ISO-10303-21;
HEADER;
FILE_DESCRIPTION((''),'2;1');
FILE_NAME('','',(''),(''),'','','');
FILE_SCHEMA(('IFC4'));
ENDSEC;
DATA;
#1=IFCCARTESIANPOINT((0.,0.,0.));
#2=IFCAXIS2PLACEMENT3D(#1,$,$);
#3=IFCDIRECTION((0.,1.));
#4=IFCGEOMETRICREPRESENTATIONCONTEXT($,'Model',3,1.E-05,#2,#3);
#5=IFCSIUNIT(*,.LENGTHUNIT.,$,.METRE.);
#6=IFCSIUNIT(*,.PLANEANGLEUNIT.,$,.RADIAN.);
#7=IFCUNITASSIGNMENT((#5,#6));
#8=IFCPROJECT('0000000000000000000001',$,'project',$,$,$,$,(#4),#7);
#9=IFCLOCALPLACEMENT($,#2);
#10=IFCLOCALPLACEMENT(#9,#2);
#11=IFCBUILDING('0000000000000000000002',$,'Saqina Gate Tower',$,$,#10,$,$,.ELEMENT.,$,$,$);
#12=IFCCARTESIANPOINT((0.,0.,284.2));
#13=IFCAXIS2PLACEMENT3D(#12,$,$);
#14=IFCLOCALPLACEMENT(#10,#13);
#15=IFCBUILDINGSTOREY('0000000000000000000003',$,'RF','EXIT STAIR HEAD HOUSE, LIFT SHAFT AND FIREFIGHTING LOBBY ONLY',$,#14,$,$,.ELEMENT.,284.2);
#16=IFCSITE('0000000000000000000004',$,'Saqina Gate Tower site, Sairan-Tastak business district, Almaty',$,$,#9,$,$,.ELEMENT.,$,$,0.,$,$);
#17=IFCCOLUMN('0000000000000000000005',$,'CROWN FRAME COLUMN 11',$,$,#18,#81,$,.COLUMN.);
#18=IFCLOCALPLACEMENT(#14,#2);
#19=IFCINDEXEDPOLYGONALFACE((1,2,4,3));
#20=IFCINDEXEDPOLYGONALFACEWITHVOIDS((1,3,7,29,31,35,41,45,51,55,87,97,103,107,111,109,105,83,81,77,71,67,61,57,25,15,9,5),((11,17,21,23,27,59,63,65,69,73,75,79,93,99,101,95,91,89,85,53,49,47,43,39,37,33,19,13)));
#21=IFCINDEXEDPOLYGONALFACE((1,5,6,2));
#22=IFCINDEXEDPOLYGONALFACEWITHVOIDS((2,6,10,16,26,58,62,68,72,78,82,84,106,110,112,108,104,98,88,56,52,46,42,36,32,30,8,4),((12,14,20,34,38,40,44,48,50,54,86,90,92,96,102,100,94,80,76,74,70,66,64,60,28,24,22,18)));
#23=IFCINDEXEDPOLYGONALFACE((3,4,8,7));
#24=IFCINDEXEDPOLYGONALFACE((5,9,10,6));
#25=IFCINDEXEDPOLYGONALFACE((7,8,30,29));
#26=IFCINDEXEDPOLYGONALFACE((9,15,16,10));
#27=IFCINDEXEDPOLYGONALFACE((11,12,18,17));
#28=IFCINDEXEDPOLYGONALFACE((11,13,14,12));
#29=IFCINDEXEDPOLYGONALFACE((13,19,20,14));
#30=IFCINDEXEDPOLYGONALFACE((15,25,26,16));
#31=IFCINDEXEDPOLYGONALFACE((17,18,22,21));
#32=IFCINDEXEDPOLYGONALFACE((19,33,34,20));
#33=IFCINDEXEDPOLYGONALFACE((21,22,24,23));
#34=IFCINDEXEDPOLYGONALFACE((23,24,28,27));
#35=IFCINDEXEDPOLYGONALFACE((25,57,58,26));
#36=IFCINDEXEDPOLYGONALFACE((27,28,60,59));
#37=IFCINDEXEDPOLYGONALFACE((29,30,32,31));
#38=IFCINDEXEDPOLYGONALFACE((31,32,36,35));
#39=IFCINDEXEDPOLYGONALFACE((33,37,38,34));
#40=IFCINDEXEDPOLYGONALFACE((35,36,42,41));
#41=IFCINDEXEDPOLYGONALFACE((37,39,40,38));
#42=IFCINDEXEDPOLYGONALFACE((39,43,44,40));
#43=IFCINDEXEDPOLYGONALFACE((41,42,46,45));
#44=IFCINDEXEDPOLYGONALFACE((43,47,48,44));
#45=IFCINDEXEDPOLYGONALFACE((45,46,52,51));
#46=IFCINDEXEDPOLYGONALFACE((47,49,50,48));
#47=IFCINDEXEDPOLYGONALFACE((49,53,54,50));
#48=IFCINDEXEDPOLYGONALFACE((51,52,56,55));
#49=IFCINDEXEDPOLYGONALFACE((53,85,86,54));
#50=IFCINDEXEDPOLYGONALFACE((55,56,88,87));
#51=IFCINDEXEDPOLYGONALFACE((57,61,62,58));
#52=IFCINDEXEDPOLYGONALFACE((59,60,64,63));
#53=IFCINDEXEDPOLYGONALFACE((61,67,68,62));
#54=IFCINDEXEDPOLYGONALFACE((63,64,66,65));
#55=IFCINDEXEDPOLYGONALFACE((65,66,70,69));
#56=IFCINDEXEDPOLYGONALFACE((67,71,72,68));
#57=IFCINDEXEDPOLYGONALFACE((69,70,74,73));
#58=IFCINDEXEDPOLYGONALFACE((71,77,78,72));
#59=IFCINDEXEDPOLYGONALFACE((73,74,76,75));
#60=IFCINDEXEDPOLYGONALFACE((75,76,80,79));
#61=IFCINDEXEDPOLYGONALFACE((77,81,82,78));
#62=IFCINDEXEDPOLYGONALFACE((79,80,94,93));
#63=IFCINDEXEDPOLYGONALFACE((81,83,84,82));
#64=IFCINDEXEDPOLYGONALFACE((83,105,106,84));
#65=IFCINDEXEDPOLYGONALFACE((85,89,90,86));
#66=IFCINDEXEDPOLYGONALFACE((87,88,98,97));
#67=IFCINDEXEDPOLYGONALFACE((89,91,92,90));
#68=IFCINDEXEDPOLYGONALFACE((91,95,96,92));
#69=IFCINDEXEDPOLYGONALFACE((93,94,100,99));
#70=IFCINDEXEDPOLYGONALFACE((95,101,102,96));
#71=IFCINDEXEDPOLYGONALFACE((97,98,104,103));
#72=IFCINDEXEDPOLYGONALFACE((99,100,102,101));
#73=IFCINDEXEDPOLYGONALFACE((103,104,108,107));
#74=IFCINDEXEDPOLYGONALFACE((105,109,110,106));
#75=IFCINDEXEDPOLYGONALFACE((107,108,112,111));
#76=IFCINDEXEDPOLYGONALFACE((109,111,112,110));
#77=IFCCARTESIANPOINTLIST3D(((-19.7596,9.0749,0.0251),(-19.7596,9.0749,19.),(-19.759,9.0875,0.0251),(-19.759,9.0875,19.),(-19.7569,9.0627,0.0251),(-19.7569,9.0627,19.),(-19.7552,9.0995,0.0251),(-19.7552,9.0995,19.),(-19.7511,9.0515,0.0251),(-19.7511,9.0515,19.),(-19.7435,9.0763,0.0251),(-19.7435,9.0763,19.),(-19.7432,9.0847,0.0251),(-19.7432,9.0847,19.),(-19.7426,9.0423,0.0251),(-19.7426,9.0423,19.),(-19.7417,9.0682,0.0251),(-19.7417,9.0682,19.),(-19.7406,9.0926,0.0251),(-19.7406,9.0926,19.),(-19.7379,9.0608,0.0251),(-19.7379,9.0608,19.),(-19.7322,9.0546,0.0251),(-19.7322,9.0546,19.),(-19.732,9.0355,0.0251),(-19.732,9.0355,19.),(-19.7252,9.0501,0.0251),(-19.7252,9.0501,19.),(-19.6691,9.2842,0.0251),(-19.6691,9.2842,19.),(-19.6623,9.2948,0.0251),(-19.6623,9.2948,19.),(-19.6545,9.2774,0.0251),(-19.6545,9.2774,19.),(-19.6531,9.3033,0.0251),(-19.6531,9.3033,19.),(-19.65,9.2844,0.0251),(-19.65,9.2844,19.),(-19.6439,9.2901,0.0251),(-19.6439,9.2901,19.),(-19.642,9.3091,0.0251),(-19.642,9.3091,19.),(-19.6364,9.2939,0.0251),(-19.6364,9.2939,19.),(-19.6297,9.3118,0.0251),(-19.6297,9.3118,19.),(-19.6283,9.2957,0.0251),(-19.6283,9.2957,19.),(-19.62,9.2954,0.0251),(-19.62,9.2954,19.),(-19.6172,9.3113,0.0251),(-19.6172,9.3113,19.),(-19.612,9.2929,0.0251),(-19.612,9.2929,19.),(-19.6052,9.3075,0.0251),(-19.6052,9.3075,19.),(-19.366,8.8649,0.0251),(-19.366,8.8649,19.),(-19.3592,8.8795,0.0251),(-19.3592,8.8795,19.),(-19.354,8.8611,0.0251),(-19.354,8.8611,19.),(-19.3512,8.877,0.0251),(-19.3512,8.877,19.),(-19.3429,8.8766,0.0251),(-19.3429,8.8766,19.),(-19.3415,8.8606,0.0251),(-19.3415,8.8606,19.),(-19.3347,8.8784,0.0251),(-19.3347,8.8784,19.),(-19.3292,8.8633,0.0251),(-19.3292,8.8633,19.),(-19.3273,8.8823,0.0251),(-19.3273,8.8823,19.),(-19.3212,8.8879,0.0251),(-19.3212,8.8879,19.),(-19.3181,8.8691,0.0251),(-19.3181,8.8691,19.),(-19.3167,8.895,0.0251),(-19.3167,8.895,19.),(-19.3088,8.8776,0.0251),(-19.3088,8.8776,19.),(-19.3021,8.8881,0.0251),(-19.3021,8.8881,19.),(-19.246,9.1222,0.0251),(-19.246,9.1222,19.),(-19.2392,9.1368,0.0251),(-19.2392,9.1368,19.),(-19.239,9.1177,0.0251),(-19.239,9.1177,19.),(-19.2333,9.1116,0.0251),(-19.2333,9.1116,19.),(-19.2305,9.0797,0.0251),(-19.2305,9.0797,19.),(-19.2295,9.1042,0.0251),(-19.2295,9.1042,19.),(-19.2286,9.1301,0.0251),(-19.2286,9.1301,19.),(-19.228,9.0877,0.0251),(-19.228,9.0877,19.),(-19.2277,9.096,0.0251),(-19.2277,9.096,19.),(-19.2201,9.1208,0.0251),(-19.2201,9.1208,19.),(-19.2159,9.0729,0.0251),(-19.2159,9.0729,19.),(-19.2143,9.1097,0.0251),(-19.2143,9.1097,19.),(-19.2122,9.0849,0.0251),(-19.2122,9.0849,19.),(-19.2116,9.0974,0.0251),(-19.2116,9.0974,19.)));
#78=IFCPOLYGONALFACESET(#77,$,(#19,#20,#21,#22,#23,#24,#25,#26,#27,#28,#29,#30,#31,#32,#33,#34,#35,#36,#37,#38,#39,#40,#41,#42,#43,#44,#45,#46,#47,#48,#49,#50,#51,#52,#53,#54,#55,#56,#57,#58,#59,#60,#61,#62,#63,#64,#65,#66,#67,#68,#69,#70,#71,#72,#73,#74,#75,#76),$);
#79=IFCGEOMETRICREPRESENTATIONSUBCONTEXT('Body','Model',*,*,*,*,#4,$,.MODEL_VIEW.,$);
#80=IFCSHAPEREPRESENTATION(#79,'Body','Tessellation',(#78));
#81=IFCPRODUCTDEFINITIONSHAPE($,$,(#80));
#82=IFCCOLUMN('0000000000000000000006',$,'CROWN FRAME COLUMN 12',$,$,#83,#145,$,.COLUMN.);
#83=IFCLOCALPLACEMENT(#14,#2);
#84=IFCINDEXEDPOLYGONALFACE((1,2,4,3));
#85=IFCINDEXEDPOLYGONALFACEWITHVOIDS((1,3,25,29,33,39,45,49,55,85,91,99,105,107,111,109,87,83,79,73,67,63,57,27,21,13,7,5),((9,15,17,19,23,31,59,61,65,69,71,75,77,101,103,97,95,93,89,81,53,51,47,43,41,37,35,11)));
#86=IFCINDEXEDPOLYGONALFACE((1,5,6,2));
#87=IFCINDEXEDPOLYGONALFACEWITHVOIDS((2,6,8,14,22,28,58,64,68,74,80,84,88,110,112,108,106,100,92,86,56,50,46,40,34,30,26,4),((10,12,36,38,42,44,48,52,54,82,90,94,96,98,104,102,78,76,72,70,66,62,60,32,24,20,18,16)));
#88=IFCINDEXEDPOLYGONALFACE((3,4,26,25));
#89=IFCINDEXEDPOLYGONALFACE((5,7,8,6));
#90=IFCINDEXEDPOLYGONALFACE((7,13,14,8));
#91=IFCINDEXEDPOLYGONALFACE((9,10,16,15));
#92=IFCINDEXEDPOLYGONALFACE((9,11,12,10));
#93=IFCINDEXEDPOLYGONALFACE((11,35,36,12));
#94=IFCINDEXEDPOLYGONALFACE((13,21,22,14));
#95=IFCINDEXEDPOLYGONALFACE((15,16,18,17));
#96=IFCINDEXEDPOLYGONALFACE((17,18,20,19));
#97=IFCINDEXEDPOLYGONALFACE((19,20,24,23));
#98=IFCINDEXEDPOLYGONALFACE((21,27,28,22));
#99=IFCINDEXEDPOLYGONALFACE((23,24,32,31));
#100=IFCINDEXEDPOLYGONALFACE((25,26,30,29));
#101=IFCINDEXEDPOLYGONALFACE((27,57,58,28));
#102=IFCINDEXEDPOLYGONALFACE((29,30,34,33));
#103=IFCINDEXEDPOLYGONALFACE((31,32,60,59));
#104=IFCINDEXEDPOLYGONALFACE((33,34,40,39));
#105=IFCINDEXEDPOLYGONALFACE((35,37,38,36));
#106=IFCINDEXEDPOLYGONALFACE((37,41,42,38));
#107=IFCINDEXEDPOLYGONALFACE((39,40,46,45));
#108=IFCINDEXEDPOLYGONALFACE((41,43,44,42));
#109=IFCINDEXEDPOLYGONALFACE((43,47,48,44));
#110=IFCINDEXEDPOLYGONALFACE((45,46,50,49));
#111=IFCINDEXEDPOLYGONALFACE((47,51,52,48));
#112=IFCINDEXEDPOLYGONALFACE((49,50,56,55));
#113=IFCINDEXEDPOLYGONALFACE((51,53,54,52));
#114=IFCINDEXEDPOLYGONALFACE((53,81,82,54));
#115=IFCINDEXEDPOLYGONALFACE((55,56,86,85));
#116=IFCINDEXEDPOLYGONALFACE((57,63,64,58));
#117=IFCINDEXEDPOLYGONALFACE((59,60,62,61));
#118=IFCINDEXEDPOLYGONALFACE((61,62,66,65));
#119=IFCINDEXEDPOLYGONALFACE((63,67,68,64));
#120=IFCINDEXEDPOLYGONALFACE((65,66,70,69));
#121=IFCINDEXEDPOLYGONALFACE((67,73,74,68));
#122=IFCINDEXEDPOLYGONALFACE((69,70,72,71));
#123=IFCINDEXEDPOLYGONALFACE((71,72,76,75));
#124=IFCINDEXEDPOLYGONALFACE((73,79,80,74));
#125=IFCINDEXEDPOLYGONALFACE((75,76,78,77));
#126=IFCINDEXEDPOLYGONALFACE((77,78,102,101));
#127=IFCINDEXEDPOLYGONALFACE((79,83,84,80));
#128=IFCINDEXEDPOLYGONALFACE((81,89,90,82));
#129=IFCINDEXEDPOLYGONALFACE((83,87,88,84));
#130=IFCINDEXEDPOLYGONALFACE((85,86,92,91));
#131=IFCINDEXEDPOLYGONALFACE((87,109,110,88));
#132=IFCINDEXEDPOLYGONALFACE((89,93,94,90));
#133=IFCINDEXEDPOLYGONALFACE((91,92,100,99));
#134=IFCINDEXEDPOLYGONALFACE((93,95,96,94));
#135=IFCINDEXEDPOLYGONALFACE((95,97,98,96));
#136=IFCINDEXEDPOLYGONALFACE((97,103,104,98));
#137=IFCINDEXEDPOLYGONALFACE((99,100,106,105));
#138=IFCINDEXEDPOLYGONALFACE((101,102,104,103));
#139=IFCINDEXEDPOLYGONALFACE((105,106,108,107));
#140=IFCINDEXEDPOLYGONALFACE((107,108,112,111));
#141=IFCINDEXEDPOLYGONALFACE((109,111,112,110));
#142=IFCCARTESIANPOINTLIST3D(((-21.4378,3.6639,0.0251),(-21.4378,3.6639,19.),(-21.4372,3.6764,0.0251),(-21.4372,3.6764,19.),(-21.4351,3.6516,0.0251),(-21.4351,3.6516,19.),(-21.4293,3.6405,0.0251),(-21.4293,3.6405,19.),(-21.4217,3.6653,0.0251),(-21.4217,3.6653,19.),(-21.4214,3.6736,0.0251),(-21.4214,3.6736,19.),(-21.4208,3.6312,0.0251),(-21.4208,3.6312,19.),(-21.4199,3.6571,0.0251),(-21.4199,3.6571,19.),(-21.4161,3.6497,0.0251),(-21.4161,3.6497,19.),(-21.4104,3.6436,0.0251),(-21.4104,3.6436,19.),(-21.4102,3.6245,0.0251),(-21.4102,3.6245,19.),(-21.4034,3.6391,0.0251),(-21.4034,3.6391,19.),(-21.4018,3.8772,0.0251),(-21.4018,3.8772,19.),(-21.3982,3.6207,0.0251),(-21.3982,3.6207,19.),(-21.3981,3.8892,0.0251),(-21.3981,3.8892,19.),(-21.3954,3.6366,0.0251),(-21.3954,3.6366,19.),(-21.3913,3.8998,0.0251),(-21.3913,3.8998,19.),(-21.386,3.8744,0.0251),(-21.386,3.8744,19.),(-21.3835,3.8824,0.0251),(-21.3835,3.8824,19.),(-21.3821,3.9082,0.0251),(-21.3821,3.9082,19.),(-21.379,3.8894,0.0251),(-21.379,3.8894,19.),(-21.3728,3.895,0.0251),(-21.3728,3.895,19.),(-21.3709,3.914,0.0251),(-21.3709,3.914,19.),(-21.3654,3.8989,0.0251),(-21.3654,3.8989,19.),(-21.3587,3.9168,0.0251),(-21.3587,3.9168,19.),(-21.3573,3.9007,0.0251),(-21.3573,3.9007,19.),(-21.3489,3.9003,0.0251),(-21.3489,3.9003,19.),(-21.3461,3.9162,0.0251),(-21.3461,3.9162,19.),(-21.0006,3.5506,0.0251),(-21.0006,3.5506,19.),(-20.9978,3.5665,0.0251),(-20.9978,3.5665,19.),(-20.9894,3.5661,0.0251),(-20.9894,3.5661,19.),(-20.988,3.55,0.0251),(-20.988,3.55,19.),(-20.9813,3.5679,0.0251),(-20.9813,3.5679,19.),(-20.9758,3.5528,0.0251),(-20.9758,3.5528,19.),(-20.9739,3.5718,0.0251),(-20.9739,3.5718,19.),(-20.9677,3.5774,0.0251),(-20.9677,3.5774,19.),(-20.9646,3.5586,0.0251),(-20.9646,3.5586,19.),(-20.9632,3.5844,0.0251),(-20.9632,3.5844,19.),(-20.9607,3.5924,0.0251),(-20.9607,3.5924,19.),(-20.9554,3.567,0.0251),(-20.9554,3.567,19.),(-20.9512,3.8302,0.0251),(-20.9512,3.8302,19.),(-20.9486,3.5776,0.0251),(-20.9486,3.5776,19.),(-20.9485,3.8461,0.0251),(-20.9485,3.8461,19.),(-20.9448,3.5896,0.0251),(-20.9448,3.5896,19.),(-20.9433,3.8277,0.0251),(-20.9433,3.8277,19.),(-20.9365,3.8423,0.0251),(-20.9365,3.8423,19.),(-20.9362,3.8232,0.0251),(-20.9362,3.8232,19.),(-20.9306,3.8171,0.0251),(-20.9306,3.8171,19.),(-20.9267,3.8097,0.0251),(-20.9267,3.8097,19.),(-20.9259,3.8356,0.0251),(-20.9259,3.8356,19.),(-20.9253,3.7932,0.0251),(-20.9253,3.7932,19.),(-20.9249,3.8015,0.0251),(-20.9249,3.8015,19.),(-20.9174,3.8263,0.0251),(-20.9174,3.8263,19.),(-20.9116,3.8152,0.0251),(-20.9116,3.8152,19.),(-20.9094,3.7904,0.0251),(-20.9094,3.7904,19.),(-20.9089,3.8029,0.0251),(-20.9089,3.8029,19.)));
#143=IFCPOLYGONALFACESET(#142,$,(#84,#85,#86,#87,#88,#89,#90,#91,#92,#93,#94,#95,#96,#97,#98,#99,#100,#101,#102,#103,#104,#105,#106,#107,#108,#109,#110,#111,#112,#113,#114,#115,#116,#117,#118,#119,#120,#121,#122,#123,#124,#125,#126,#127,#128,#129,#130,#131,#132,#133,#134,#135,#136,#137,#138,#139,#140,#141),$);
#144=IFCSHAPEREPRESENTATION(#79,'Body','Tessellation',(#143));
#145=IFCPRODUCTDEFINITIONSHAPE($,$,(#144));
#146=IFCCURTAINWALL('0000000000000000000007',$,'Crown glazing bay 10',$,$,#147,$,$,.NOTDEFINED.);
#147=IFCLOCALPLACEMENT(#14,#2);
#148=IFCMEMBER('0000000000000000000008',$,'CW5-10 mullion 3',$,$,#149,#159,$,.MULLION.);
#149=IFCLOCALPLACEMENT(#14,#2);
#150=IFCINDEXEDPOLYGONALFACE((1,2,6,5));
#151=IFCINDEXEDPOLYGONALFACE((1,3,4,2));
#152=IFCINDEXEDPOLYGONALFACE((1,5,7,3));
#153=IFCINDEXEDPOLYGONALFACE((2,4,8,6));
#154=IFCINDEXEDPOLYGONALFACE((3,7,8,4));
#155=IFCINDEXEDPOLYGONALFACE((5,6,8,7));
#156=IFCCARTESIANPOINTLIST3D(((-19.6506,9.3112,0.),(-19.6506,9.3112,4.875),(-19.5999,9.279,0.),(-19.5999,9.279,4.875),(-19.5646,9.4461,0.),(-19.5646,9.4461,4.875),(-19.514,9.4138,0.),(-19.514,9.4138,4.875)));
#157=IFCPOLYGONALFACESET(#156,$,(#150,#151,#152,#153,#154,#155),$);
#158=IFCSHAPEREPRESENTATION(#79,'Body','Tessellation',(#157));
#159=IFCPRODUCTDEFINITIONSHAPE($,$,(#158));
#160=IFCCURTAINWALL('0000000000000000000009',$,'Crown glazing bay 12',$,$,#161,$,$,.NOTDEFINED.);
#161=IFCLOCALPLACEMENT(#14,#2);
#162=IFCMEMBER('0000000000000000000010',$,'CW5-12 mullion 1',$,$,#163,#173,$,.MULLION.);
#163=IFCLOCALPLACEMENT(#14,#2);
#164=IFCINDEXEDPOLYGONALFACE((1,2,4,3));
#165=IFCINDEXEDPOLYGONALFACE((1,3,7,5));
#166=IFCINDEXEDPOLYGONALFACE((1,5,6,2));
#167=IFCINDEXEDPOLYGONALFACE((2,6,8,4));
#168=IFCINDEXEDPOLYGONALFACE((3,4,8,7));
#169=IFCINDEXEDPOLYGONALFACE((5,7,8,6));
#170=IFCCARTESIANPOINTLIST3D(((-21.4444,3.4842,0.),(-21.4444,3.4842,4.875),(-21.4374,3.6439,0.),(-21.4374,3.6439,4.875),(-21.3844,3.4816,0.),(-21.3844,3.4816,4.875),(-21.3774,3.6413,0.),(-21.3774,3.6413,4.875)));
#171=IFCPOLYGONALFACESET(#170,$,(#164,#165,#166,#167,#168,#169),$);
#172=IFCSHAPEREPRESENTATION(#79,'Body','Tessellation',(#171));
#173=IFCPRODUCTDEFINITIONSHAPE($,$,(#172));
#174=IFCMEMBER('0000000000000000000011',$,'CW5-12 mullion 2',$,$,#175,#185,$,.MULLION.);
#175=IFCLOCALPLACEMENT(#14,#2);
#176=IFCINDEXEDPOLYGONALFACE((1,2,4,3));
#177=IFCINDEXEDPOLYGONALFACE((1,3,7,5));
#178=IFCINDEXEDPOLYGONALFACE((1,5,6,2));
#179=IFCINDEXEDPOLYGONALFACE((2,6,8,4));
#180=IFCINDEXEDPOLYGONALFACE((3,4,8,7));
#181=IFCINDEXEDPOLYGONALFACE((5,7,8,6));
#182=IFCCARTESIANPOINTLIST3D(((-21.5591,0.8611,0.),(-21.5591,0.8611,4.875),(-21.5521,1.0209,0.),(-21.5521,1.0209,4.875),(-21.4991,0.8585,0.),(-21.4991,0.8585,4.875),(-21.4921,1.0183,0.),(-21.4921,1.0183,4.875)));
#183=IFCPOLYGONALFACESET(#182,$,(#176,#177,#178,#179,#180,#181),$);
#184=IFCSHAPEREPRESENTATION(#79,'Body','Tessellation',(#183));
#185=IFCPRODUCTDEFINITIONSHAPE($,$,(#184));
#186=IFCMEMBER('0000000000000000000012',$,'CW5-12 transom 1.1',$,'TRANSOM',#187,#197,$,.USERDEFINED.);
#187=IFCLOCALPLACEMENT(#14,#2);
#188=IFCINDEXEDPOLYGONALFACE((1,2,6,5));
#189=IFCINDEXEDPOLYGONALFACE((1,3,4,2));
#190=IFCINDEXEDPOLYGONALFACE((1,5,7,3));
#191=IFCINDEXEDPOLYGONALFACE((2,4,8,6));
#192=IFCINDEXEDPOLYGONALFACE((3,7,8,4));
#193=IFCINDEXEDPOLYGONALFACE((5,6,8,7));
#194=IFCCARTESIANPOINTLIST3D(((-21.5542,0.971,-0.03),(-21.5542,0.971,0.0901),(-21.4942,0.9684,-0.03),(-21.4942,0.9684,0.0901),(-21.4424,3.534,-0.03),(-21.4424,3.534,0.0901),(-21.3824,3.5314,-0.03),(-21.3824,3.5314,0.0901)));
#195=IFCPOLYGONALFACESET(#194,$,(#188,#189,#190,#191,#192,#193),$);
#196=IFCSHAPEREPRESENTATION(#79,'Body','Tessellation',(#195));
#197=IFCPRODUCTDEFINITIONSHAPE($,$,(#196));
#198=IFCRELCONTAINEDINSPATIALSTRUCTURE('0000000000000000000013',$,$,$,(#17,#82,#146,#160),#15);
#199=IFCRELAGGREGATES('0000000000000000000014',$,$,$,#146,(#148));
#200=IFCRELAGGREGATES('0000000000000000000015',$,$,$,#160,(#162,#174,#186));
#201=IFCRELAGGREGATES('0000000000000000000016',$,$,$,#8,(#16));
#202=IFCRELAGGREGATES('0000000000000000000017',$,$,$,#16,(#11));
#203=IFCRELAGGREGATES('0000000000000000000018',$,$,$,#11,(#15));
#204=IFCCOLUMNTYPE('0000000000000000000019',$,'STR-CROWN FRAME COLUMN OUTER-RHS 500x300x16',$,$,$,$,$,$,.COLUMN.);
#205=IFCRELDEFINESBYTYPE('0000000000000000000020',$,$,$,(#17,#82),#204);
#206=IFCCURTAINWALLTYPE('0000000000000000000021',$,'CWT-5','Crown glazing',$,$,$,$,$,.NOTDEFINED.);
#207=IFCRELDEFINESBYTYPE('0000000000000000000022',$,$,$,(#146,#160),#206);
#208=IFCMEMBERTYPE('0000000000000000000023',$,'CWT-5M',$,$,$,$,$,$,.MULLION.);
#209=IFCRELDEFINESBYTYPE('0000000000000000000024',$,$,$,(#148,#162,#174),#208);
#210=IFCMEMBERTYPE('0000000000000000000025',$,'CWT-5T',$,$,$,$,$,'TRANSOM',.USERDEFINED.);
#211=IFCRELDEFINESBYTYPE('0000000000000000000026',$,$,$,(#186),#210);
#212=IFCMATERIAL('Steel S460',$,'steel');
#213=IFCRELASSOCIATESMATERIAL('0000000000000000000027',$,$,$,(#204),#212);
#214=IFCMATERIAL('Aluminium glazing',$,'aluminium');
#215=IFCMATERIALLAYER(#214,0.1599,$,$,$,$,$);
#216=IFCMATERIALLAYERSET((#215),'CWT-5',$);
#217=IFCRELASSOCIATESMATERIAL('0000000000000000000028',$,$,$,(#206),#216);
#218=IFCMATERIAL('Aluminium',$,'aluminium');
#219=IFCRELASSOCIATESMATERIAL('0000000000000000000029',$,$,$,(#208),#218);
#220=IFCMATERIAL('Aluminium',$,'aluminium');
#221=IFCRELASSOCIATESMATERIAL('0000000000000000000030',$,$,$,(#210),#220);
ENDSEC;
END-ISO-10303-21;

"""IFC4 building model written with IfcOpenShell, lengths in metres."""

from ifc_helpers import new_model, si_unit, direction, frame, origin, origin_2d, place, context, subcontext, project, spatial, rectangle, hollow_rectangle, extrude, material, layer, layer_set, material_profile, profile_set, type_object, element, aggregate, save


model = new_model("IFC4")

# Units and contexts
model_context = context("Model", 3, precision=1e-05, world=origin(), true_north=direction((0.0, 1.0)))
body_context = subcontext(model_context, "Body", "Model", "MODEL_VIEW")
ifc_project = project(units=[si_unit("LENGTHUNIT", "METRE"), si_unit("PLANEANGLEUNIT", "RADIAN")], contexts=[model_context])

# Site, building, storey
site_placement = place(None, origin())
site = spatial("IfcSite", under=ifc_project, at=site_placement, Name="Saqina Gate Tower site, Sairan-Tastak business district, Almaty", CompositionType="ELEMENT", RefElevation=0.0)
building_placement = place(site_placement, origin())
building = spatial("IfcBuilding", under=site, at=building_placement, Name="Saqina Gate Tower", CompositionType="ELEMENT")
storey_placement = place(building_placement, frame((0.0, 0.0, 284.2)))
storey = spatial("IfcBuildingStorey", under=building, at=storey_placement, Name="RF", Description="EXIT STAIR HEAD HOUSE, LIFT SHAFT AND FIREFIGHTING LOBBY ONLY", CompositionType="ELEMENT", Elevation=284.2)

# Columns
ifc_material_1 = material(Name="Steel S460", Category="steel")
ifc_material_profile_1 = material_profile(ifc_material_1, hollow_rectangle(XDim=0.3, YDim=0.5, WallThickness=0.0161, InnerFilletRadius=0.032, OuterFilletRadius=0.0481, at=origin_2d()), Name="RHS 500x300x16")
ifc_profile_set_1 = profile_set([ifc_material_profile_1], Name="Steel S460")
column_type = type_object("IfcColumnType", Name="STR-CROWN FRAME COLUMN OUTER-RHS 500x300x16", PredefinedType="COLUMN", material=ifc_profile_set_1)
for number, where, z_axis, x_axis, name in (
    (1, (-19.4856, 9.0862, 0.0251), (0.0, 0.0, 1.0), (-0.422618, -0.906308, 0.0), "CROWN FRAME COLUMN 11"),
    (2, (-21.1733, 3.7334, 0.0251), (0.0, 0.0, 1.0), (-0.173648, -0.984808, 0.0), "CROWN FRAME COLUMN 12"),
):
    element("IfcColumn", number, at=place(storey_placement, frame(where, z_axis=z_axis, x_axis=x_axis)), inside=storey, type_object=column_type, Name=name, PredefinedType="COLUMN", context=body_context, shape_type="SweptSolid", body=[
        extrude(hollow_rectangle(XDim=0.3, YDim=0.5, WallThickness=0.0161, InnerFilletRadius=0.032, OuterFilletRadius=0.0481, at=origin_2d()), origin(), (0.0, 0.0, 1.0), 18.9749),
    ])

# Curtain wall, member
ifc_material_2 = material(Name="Aluminium glazing", Category="aluminium")
ifc_layer_1 = layer(ifc_material_2, 0.1599)
ifc_layer_set_1 = layer_set([ifc_layer_1], Name="CWT-5")
curtain_wall_type = type_object("IfcCurtainWallType", Name="CWT-5", Description="Crown glazing", PredefinedType="NOTDEFINED", material=ifc_layer_set_1)
curtain_wall_1_placement = place(storey_placement, origin())
curtain_wall_1 = element("IfcCurtainWall", 3, at=curtain_wall_1_placement, inside=storey, type_object=curtain_wall_type, Name="Crown glazing bay 10", PredefinedType="NOTDEFINED")
ifc_material_3 = material(Name="Aluminium", Category="aluminium")
ifc_material_profile_2 = material_profile(ifc_material_3, rectangle(XDim=0.0601, YDim=0.1599, at=origin_2d()), Name="Aluminium 60x160")
ifc_profile_set_2 = profile_set([ifc_material_profile_2], Name="Aluminium")
member_type_1 = type_object("IfcMemberType", Name="CWT-5M", PredefinedType="MULLION", material=ifc_profile_set_2)
member_1_placement = place(storey_placement, frame((-19.5823, 9.3625, 0.0), z_axis=(0.0, 0.0, 1.0), x_axis=(0.843395, -0.537295, 0.0)))
member_1 = element("IfcMember", 4, at=member_1_placement, type_object=member_type_1, Name="CW5-10 mullion 3", PredefinedType="MULLION", context=body_context, shape_type="SweptSolid", body=[
    extrude(rectangle(XDim=0.0601, YDim=0.1599, at=origin_2d()), origin(), (0.0, 0.0, 1.0), 4.875),
])
aggregate(curtain_wall_1, [member_1])

# Curtain wall, members
curtain_wall_2_placement = place(storey_placement, origin())
curtain_wall_2 = element("IfcCurtainWall", 5, at=curtain_wall_2_placement, inside=storey, type_object=curtain_wall_type, Name="Crown glazing bay 12", PredefinedType="NOTDEFINED")
member_2_placement = place(storey_placement, frame((-21.4109, 3.5627, 0.0), z_axis=(0.0, 0.0, 1.0), x_axis=(0.999048, -0.043629, 0.0)))
member_2 = element("IfcMember", 6, at=member_2_placement, type_object=member_type_1, Name="CW5-12 mullion 1", PredefinedType="MULLION", context=body_context, shape_type="SweptSolid", body=[
    extrude(rectangle(XDim=0.0601, YDim=0.1599, at=origin_2d()), origin(), (0.0, 0.0, 1.0), 4.875),
])
member_3_placement = place(storey_placement, frame((-21.5256, 0.9397, 0.0), z_axis=(0.0, 0.0, 1.0), x_axis=(0.999048, -0.043629, 0.0)))
member_3 = element("IfcMember", 7, at=member_3_placement, type_object=member_type_1, Name="CW5-12 mullion 2", PredefinedType="MULLION", context=body_context, shape_type="SweptSolid", body=[
    extrude(rectangle(XDim=0.0601, YDim=0.1599, at=origin_2d()), origin(), (0.0, 0.0, 1.0), 4.875),
])
ifc_material_4 = material(Name="Aluminium", Category="aluminium")
ifc_material_profile_3 = material_profile(ifc_material_4, rectangle(XDim=0.0601, YDim=0.1201, at=origin_2d()), Name="Aluminium 60x120")
ifc_profile_set_3 = profile_set([ifc_material_profile_3], Name="Aluminium")
member_type_2 = type_object("IfcMemberType", Name="CWT-5T", ElementType="TRANSOM", PredefinedType="USERDEFINED", material=ifc_profile_set_3)
member_4_placement = place(storey_placement, frame((-21.4124, 3.5327, 0.03), z_axis=(-0.043586, -0.99905, 0.0), x_axis=(0.99905, -0.043586, 0.0)))
member_4 = element("IfcMember", 8, at=member_4_placement, type_object=member_type_2, Name="CW5-12 transom 1.1", ObjectType="TRANSOM", PredefinedType="USERDEFINED", context=body_context, shape_type="SweptSolid", body=[
    extrude(rectangle(XDim=0.0601, YDim=0.1201, at=origin_2d()), origin(), (0.0, 0.0, 1.0), 2.5654),
])

aggregate(curtain_wall_2, [member_2, member_3, member_4])

save(model, "model.ifc")
